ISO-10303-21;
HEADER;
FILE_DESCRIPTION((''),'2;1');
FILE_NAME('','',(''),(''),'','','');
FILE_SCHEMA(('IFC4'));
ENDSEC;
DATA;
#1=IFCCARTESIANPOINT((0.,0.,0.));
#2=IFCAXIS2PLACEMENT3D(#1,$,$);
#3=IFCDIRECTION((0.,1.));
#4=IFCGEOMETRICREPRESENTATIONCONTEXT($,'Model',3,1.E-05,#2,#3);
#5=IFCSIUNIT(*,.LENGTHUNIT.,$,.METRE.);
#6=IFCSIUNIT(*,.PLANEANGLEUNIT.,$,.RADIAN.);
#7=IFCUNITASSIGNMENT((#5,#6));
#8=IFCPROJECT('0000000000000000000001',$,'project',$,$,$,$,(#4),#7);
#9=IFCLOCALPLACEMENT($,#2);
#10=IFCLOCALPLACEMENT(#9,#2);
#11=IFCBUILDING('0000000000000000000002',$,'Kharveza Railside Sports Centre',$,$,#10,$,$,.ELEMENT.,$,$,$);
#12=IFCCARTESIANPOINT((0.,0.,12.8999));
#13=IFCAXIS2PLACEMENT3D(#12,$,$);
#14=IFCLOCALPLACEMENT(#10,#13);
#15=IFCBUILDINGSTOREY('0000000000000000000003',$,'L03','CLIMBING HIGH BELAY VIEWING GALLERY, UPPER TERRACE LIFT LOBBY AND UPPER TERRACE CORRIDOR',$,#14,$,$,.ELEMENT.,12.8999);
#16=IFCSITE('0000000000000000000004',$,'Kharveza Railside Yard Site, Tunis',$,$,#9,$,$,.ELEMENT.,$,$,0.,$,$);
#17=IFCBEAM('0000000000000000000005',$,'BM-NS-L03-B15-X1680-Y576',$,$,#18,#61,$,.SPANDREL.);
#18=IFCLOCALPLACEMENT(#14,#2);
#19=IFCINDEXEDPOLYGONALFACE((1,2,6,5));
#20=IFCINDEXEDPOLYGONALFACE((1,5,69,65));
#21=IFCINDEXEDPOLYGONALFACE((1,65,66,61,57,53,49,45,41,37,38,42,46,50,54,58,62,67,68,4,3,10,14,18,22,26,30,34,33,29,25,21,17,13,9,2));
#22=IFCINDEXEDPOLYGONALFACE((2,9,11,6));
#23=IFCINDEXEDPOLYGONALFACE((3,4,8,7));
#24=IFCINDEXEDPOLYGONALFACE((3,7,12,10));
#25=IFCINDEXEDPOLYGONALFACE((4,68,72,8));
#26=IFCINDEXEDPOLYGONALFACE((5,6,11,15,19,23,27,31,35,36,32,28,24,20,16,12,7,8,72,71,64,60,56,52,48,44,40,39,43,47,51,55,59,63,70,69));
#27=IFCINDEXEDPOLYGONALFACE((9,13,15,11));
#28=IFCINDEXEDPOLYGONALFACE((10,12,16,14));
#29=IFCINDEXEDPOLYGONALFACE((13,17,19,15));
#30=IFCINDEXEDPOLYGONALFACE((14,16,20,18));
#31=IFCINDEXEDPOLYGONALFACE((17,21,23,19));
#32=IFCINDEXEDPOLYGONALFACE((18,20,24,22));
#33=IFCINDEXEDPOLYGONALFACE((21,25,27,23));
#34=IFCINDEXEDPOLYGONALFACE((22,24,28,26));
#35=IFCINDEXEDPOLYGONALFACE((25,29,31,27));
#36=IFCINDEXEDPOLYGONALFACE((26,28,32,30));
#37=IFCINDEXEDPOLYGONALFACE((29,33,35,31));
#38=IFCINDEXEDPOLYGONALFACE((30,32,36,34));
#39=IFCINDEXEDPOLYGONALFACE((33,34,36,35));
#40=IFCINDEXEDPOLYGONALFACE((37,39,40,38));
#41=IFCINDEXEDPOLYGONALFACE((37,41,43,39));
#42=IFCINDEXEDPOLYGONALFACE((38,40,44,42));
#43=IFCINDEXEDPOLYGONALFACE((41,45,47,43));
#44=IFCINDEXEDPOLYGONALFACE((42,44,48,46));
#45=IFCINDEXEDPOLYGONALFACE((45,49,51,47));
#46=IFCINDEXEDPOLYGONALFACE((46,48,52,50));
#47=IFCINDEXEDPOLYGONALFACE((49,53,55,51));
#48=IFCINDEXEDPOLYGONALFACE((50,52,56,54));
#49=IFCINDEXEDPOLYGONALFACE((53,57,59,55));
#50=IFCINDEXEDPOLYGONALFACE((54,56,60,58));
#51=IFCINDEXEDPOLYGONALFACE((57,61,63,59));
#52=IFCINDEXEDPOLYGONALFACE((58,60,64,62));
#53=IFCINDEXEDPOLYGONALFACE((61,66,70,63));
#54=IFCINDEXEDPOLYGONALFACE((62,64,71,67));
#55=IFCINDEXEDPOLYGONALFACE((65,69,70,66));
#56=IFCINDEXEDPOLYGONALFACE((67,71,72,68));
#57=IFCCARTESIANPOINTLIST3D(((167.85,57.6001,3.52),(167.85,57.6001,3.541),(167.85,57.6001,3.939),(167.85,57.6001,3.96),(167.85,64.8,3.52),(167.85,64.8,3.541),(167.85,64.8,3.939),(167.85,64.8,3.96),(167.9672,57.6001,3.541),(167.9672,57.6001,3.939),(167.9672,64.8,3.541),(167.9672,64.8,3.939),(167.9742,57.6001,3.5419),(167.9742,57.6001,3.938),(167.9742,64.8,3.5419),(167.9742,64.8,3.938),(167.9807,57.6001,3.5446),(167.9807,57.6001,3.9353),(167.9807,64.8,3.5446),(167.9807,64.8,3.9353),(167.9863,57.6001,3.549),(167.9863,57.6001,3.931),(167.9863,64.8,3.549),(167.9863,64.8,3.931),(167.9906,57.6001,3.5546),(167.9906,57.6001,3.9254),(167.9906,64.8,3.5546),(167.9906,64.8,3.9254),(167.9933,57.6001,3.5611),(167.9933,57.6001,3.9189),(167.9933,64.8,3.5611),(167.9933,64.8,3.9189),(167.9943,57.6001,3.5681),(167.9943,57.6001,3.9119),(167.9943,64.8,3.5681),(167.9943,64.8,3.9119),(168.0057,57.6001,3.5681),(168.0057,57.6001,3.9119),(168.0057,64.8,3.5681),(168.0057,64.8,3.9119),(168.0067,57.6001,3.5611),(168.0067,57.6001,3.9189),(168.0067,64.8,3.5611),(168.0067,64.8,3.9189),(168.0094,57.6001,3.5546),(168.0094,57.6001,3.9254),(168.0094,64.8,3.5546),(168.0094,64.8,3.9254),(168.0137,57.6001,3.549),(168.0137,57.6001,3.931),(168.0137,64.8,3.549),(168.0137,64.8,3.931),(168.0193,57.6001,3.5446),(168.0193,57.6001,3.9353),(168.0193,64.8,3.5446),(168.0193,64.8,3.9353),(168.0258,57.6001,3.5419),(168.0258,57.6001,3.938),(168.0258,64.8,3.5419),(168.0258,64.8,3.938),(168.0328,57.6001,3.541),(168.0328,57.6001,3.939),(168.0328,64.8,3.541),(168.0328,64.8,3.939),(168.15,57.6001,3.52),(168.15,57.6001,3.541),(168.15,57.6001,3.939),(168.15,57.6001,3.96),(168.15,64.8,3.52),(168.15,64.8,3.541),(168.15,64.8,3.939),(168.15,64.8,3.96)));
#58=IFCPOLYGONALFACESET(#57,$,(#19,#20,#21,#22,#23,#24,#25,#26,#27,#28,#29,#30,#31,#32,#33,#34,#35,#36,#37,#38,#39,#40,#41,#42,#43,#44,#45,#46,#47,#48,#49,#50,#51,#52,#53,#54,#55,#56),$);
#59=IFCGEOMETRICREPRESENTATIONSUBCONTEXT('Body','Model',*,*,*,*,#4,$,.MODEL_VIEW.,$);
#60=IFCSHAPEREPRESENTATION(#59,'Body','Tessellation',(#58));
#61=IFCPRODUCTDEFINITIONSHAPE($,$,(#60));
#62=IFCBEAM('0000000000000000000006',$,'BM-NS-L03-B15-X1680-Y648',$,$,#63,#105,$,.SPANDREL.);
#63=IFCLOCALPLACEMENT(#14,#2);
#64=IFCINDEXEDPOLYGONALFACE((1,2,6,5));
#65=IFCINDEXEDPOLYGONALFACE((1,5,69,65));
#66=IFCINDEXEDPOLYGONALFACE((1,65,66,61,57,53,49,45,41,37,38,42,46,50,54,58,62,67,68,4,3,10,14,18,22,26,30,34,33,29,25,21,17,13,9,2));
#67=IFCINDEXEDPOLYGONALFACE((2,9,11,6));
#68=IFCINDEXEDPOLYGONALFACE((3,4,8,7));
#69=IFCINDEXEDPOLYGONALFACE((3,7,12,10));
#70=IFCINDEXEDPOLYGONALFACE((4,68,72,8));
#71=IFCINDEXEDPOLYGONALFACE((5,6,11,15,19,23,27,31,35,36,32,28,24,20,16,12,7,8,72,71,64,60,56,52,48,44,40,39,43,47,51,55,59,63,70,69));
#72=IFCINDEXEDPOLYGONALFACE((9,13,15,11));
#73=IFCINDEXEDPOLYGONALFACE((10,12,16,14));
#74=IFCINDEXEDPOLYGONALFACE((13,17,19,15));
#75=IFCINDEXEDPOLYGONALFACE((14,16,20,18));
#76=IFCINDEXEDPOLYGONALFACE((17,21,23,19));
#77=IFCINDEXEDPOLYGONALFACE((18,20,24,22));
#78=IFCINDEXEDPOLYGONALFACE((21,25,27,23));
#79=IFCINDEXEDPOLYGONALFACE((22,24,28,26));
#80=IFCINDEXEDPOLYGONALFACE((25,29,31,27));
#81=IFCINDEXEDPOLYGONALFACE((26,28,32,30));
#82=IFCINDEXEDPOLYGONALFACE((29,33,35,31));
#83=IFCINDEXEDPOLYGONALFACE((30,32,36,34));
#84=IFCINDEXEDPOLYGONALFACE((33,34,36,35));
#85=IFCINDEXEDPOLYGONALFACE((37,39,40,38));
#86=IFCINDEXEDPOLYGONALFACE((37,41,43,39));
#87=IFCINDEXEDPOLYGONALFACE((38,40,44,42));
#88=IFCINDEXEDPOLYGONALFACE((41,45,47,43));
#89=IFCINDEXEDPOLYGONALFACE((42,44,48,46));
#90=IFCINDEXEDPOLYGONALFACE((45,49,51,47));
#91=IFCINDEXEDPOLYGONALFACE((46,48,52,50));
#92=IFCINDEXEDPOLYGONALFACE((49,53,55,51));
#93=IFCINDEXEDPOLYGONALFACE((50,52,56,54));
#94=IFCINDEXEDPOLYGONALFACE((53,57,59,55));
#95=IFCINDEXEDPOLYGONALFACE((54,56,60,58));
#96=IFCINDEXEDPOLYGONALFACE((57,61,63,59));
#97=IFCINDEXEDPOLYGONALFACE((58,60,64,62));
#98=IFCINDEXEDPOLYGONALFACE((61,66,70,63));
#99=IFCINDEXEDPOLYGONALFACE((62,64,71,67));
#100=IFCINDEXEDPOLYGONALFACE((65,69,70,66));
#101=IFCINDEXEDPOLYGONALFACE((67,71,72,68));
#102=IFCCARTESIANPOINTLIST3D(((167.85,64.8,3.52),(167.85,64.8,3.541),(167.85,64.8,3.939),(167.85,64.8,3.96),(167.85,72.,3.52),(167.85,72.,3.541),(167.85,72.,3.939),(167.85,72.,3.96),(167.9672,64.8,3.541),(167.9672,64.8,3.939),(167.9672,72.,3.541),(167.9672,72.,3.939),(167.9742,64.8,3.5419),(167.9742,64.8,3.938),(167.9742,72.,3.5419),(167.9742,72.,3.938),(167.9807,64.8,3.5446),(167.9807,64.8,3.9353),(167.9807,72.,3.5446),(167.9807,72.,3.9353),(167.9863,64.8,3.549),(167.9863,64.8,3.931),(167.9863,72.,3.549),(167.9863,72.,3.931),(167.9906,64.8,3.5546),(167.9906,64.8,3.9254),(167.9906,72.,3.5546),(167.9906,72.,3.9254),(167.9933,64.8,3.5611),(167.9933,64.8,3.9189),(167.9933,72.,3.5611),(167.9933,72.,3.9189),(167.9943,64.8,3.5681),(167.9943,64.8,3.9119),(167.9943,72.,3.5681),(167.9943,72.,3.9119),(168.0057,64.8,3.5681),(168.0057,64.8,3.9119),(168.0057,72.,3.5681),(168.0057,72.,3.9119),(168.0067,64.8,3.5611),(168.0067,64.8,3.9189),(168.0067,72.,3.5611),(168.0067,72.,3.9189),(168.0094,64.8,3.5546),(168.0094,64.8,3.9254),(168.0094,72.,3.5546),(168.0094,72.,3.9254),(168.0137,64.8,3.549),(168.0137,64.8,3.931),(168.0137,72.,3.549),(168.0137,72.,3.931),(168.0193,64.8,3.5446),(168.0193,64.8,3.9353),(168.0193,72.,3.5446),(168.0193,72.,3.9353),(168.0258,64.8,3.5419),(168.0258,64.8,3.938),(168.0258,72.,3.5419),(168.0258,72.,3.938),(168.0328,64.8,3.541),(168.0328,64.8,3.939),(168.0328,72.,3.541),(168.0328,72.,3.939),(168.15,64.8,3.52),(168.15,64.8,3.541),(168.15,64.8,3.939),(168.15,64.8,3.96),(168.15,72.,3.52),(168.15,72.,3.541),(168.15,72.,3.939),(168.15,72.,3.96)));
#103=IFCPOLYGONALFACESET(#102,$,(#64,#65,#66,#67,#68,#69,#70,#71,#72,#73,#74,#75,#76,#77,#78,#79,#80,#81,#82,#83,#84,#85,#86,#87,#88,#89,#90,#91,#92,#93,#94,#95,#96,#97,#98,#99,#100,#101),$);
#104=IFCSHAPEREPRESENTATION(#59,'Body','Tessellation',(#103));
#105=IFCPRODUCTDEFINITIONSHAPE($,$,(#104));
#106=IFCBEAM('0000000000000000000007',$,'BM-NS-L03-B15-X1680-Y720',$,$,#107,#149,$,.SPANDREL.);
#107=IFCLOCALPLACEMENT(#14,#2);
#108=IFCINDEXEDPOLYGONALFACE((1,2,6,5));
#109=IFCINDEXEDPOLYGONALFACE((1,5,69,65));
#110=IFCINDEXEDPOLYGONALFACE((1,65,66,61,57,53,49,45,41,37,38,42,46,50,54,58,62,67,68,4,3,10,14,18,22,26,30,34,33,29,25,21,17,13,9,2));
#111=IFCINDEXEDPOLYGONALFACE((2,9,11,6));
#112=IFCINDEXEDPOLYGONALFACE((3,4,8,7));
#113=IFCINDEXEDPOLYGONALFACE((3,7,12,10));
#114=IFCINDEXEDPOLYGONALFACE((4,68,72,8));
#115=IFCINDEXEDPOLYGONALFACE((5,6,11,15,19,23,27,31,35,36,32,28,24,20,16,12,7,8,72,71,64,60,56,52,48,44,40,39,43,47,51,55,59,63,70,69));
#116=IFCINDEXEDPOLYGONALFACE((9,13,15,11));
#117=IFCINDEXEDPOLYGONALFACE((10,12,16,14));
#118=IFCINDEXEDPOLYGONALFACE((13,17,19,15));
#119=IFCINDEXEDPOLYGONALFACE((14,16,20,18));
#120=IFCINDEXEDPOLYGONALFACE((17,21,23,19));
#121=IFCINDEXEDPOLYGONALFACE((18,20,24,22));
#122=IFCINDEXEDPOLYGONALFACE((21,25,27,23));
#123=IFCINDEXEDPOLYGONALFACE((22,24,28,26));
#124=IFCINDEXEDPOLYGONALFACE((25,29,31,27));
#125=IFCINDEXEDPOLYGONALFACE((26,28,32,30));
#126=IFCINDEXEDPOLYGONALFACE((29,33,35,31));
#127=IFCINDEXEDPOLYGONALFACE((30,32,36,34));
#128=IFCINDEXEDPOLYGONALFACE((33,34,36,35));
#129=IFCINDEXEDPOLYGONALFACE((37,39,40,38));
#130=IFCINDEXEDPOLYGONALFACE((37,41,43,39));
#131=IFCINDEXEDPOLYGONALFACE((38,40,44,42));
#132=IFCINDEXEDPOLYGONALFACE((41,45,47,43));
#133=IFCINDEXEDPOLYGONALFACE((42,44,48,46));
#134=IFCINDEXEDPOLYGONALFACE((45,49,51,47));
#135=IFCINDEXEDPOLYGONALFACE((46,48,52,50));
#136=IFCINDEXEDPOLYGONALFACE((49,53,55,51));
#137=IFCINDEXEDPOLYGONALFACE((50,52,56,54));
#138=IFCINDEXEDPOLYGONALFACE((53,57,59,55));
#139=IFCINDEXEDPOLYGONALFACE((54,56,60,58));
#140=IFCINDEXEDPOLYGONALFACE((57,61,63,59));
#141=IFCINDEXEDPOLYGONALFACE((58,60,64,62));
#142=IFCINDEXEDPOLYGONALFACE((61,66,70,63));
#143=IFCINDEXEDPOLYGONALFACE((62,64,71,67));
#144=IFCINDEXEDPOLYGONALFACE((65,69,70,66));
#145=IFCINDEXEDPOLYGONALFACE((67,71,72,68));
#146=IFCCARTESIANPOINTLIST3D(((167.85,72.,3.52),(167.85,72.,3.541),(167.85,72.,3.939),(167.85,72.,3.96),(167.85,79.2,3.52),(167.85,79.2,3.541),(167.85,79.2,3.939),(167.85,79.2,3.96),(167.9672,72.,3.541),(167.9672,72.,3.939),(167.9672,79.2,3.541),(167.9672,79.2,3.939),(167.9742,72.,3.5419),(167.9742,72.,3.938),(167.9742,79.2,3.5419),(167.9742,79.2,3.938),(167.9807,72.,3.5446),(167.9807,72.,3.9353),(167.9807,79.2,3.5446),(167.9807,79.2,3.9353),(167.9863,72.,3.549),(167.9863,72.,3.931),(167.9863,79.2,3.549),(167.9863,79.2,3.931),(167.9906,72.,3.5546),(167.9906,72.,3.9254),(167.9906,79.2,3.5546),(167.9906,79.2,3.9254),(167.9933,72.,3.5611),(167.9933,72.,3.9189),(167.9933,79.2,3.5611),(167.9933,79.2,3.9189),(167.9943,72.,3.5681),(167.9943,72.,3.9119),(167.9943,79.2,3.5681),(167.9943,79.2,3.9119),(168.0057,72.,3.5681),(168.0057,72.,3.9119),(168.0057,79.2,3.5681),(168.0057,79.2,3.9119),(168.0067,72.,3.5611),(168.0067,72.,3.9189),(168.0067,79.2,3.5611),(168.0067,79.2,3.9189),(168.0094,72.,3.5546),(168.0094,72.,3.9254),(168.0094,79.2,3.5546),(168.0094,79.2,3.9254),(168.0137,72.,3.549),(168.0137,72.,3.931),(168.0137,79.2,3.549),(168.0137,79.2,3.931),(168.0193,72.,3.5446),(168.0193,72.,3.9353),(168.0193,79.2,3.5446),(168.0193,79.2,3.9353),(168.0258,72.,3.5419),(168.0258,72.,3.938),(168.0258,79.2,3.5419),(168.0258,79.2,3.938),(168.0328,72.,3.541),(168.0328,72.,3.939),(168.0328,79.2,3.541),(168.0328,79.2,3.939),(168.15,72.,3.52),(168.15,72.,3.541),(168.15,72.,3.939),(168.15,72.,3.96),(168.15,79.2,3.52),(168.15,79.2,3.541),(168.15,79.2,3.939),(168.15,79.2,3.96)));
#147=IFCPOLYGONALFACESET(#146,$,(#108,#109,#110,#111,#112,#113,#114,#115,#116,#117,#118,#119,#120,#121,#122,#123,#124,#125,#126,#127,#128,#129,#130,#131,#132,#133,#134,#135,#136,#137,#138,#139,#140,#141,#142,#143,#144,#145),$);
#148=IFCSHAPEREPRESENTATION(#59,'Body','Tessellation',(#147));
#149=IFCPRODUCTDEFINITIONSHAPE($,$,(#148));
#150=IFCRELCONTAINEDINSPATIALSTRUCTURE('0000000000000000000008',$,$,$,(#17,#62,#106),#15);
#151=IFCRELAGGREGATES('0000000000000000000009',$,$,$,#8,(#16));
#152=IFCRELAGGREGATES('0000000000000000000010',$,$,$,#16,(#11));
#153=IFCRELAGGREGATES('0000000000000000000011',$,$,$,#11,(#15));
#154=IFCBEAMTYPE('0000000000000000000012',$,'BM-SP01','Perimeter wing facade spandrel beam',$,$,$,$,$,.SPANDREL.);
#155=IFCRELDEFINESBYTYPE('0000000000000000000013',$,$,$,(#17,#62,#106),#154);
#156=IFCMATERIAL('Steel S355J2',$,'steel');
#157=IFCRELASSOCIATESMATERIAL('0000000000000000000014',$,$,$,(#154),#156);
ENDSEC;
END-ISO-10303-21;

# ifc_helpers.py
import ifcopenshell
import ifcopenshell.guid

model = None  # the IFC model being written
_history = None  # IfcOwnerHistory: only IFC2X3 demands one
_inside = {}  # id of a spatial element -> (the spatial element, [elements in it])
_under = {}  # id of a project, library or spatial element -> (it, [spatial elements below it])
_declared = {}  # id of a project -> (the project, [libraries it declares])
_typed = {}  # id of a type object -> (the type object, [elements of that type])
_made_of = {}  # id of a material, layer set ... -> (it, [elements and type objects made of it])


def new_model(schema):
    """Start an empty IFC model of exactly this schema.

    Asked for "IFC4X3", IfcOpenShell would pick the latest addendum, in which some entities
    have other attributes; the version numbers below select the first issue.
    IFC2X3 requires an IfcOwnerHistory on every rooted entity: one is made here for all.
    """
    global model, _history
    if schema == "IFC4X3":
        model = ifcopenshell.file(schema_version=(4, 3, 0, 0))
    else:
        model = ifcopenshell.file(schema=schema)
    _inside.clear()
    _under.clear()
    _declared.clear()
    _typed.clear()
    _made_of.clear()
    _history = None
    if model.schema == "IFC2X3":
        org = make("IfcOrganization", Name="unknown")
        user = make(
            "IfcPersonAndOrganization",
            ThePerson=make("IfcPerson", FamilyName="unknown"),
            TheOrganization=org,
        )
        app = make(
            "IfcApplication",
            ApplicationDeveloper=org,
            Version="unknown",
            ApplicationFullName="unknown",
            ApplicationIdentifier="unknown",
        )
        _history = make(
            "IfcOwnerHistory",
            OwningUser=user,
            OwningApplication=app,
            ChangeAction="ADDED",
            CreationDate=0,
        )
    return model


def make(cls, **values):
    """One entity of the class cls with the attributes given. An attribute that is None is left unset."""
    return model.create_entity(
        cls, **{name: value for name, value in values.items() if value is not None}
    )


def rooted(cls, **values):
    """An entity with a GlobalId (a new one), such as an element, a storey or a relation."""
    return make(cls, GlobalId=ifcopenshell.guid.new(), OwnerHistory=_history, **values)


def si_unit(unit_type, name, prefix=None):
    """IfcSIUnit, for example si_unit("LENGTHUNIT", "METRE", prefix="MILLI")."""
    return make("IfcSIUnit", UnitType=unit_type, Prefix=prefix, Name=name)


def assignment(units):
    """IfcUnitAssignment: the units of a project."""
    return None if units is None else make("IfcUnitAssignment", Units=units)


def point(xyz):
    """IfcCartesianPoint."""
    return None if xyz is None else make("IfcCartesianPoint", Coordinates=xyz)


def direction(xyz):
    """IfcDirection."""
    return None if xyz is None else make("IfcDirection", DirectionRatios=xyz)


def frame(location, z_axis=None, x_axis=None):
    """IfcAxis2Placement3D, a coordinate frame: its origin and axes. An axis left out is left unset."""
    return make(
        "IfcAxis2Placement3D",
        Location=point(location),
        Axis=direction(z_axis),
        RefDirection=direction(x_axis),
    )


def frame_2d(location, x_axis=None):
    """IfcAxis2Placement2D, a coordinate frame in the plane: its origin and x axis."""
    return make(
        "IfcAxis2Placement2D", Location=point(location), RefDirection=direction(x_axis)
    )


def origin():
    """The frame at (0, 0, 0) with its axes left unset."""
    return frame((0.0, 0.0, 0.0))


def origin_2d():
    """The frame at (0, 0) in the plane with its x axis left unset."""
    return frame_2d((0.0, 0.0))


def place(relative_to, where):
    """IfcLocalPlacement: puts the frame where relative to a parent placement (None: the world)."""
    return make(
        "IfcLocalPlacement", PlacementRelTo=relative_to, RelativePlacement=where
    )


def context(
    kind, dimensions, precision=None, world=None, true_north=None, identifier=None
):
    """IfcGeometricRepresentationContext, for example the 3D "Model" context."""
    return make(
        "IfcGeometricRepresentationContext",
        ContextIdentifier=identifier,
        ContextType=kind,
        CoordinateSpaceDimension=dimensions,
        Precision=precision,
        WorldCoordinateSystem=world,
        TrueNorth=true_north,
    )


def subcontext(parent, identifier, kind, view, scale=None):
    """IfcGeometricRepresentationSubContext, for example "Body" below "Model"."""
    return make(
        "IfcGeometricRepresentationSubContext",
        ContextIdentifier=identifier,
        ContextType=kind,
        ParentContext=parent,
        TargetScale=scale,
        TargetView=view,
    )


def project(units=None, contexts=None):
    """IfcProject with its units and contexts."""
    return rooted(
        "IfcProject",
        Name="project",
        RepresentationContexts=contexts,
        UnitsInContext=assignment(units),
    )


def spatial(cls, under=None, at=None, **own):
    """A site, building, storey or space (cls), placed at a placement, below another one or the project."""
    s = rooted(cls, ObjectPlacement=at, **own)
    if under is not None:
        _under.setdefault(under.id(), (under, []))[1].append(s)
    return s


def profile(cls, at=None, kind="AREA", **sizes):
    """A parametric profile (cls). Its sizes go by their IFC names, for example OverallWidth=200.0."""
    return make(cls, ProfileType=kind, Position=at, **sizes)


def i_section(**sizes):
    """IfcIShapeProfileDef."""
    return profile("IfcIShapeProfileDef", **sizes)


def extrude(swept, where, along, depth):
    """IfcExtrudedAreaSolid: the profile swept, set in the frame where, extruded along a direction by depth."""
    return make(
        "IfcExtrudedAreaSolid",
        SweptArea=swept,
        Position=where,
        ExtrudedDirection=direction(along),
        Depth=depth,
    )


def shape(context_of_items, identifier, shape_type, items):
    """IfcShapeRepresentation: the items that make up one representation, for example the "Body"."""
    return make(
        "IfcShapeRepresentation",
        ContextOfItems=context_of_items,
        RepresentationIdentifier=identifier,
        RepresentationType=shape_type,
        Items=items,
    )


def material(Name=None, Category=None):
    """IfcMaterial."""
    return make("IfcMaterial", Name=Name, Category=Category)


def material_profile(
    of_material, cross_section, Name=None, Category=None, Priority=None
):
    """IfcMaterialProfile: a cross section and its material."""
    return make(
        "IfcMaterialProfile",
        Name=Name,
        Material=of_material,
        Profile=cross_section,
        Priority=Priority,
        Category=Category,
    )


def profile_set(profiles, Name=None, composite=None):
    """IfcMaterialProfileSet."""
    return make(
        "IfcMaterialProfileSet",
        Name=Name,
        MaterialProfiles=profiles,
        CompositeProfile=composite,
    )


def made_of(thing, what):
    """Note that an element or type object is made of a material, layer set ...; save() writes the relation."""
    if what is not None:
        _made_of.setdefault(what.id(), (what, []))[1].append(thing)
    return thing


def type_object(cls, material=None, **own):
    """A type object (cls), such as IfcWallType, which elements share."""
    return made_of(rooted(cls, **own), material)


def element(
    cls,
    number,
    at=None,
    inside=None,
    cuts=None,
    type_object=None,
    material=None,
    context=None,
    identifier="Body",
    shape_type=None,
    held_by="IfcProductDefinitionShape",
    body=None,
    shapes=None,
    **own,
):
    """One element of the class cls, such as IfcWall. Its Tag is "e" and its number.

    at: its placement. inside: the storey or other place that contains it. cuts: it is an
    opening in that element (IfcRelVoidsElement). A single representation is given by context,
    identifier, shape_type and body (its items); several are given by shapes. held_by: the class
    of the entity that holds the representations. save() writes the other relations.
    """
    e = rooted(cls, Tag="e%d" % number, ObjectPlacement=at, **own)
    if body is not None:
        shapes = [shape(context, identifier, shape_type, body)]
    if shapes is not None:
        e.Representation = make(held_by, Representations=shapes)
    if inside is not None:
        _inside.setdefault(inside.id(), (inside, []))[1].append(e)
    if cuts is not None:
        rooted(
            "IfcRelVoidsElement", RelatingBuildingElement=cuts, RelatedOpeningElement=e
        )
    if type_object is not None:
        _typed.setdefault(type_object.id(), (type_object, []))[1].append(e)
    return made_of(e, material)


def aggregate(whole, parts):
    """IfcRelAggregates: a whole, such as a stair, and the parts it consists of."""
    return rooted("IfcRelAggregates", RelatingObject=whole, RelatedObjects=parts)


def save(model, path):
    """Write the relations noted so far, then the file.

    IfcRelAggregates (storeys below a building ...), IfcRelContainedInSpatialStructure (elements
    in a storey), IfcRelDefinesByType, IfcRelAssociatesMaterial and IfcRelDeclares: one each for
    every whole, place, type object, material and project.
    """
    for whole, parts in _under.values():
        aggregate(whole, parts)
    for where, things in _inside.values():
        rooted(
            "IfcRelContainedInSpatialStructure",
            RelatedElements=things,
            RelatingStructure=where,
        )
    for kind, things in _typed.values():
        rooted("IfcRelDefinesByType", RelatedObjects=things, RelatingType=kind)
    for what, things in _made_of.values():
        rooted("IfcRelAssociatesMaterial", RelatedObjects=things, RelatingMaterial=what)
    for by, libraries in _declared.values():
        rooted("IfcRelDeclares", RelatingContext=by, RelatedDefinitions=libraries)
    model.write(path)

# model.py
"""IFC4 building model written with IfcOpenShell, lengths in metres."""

from ifc_helpers import new_model, si_unit, direction, frame, origin, origin_2d, place, context, subcontext, project, spatial, i_section, extrude, material, material_profile, profile_set, type_object, element, save


model = new_model("IFC4")

# Units and contexts
model_context = context("Model", 3, precision=1e-05, world=origin(), true_north=direction((0.0, 1.0)))
body_context = subcontext(model_context, "Body", "Model", "MODEL_VIEW")
ifc_project = project(units=[si_unit("LENGTHUNIT", "METRE"), si_unit("PLANEANGLEUNIT", "RADIAN")], contexts=[model_context])

# Site, building, storey
site_placement = place(None, origin())
site = spatial("IfcSite", under=ifc_project, at=site_placement, Name="Kharveza Railside Yard Site, Tunis", CompositionType="ELEMENT", RefElevation=0.0)
building_placement = place(site_placement, origin())
building = spatial("IfcBuilding", under=site, at=building_placement, Name="Kharveza Railside Sports Centre", CompositionType="ELEMENT")
storey_placement = place(building_placement, frame((0.0, 0.0, 12.8999)))
storey = spatial("IfcBuildingStorey", under=building, at=storey_placement, Name="L03", Description="CLIMBING HIGH BELAY VIEWING GALLERY, UPPER TERRACE LIFT LOBBY AND UPPER TERRACE CORRIDOR", CompositionType="ELEMENT", Elevation=12.8999)

# Shared definitions
ifc_material_1 = material(Name="Steel S355J2", Category="steel")

# Beams
ifc_material_profile_1 = material_profile(ifc_material_1, i_section(OverallWidth=0.3, OverallDepth=0.4399, WebThickness=0.0115, FlangeThickness=0.021, FilletRadius=0.0271, at=origin_2d()), Name="HEA 450")
ifc_profile_set_1 = profile_set([ifc_material_profile_1], Name="Steel S355J2")
beam_type_1 = type_object("IfcBeamType", Name="BM-SP01", Description="Perimeter wing facade spandrel beam", PredefinedType="SPANDREL", material=ifc_profile_set_1)
for number, where, z_axis, x_axis, name in (
    (1, (168.0, 57.6001, 3.74), (0.0, 1.0, 0.0), (-1.0, 0.0, 0.0), "BM-NS-L03-B15-X1680-Y576"),
    (2, (168.0, 64.8, 3.74), (0.0, 1.0, 0.0), (-1.0, 0.0, 0.0), "BM-NS-L03-B15-X1680-Y648"),
    (3, (168.0, 72.0, 3.74), (0.0, 1.0, 0.0), (-1.0, 0.0, 0.0), "BM-NS-L03-B15-X1680-Y720"),
):
    element("IfcBeam", number, at=place(storey_placement, frame(where, z_axis=z_axis, x_axis=x_axis)), inside=storey, type_object=beam_type_1, Name=name, PredefinedType="SPANDREL", context=body_context, shape_type="SweptSolid", body=[
        extrude(i_section(OverallWidth=0.3, OverallDepth=0.4399, WebThickness=0.0115, FlangeThickness=0.021, FilletRadius=0.0271, at=origin_2d()), origin(), (0.0, 0.0, 1.0), 7.2),
    ])

save(model, "model.ifc")
